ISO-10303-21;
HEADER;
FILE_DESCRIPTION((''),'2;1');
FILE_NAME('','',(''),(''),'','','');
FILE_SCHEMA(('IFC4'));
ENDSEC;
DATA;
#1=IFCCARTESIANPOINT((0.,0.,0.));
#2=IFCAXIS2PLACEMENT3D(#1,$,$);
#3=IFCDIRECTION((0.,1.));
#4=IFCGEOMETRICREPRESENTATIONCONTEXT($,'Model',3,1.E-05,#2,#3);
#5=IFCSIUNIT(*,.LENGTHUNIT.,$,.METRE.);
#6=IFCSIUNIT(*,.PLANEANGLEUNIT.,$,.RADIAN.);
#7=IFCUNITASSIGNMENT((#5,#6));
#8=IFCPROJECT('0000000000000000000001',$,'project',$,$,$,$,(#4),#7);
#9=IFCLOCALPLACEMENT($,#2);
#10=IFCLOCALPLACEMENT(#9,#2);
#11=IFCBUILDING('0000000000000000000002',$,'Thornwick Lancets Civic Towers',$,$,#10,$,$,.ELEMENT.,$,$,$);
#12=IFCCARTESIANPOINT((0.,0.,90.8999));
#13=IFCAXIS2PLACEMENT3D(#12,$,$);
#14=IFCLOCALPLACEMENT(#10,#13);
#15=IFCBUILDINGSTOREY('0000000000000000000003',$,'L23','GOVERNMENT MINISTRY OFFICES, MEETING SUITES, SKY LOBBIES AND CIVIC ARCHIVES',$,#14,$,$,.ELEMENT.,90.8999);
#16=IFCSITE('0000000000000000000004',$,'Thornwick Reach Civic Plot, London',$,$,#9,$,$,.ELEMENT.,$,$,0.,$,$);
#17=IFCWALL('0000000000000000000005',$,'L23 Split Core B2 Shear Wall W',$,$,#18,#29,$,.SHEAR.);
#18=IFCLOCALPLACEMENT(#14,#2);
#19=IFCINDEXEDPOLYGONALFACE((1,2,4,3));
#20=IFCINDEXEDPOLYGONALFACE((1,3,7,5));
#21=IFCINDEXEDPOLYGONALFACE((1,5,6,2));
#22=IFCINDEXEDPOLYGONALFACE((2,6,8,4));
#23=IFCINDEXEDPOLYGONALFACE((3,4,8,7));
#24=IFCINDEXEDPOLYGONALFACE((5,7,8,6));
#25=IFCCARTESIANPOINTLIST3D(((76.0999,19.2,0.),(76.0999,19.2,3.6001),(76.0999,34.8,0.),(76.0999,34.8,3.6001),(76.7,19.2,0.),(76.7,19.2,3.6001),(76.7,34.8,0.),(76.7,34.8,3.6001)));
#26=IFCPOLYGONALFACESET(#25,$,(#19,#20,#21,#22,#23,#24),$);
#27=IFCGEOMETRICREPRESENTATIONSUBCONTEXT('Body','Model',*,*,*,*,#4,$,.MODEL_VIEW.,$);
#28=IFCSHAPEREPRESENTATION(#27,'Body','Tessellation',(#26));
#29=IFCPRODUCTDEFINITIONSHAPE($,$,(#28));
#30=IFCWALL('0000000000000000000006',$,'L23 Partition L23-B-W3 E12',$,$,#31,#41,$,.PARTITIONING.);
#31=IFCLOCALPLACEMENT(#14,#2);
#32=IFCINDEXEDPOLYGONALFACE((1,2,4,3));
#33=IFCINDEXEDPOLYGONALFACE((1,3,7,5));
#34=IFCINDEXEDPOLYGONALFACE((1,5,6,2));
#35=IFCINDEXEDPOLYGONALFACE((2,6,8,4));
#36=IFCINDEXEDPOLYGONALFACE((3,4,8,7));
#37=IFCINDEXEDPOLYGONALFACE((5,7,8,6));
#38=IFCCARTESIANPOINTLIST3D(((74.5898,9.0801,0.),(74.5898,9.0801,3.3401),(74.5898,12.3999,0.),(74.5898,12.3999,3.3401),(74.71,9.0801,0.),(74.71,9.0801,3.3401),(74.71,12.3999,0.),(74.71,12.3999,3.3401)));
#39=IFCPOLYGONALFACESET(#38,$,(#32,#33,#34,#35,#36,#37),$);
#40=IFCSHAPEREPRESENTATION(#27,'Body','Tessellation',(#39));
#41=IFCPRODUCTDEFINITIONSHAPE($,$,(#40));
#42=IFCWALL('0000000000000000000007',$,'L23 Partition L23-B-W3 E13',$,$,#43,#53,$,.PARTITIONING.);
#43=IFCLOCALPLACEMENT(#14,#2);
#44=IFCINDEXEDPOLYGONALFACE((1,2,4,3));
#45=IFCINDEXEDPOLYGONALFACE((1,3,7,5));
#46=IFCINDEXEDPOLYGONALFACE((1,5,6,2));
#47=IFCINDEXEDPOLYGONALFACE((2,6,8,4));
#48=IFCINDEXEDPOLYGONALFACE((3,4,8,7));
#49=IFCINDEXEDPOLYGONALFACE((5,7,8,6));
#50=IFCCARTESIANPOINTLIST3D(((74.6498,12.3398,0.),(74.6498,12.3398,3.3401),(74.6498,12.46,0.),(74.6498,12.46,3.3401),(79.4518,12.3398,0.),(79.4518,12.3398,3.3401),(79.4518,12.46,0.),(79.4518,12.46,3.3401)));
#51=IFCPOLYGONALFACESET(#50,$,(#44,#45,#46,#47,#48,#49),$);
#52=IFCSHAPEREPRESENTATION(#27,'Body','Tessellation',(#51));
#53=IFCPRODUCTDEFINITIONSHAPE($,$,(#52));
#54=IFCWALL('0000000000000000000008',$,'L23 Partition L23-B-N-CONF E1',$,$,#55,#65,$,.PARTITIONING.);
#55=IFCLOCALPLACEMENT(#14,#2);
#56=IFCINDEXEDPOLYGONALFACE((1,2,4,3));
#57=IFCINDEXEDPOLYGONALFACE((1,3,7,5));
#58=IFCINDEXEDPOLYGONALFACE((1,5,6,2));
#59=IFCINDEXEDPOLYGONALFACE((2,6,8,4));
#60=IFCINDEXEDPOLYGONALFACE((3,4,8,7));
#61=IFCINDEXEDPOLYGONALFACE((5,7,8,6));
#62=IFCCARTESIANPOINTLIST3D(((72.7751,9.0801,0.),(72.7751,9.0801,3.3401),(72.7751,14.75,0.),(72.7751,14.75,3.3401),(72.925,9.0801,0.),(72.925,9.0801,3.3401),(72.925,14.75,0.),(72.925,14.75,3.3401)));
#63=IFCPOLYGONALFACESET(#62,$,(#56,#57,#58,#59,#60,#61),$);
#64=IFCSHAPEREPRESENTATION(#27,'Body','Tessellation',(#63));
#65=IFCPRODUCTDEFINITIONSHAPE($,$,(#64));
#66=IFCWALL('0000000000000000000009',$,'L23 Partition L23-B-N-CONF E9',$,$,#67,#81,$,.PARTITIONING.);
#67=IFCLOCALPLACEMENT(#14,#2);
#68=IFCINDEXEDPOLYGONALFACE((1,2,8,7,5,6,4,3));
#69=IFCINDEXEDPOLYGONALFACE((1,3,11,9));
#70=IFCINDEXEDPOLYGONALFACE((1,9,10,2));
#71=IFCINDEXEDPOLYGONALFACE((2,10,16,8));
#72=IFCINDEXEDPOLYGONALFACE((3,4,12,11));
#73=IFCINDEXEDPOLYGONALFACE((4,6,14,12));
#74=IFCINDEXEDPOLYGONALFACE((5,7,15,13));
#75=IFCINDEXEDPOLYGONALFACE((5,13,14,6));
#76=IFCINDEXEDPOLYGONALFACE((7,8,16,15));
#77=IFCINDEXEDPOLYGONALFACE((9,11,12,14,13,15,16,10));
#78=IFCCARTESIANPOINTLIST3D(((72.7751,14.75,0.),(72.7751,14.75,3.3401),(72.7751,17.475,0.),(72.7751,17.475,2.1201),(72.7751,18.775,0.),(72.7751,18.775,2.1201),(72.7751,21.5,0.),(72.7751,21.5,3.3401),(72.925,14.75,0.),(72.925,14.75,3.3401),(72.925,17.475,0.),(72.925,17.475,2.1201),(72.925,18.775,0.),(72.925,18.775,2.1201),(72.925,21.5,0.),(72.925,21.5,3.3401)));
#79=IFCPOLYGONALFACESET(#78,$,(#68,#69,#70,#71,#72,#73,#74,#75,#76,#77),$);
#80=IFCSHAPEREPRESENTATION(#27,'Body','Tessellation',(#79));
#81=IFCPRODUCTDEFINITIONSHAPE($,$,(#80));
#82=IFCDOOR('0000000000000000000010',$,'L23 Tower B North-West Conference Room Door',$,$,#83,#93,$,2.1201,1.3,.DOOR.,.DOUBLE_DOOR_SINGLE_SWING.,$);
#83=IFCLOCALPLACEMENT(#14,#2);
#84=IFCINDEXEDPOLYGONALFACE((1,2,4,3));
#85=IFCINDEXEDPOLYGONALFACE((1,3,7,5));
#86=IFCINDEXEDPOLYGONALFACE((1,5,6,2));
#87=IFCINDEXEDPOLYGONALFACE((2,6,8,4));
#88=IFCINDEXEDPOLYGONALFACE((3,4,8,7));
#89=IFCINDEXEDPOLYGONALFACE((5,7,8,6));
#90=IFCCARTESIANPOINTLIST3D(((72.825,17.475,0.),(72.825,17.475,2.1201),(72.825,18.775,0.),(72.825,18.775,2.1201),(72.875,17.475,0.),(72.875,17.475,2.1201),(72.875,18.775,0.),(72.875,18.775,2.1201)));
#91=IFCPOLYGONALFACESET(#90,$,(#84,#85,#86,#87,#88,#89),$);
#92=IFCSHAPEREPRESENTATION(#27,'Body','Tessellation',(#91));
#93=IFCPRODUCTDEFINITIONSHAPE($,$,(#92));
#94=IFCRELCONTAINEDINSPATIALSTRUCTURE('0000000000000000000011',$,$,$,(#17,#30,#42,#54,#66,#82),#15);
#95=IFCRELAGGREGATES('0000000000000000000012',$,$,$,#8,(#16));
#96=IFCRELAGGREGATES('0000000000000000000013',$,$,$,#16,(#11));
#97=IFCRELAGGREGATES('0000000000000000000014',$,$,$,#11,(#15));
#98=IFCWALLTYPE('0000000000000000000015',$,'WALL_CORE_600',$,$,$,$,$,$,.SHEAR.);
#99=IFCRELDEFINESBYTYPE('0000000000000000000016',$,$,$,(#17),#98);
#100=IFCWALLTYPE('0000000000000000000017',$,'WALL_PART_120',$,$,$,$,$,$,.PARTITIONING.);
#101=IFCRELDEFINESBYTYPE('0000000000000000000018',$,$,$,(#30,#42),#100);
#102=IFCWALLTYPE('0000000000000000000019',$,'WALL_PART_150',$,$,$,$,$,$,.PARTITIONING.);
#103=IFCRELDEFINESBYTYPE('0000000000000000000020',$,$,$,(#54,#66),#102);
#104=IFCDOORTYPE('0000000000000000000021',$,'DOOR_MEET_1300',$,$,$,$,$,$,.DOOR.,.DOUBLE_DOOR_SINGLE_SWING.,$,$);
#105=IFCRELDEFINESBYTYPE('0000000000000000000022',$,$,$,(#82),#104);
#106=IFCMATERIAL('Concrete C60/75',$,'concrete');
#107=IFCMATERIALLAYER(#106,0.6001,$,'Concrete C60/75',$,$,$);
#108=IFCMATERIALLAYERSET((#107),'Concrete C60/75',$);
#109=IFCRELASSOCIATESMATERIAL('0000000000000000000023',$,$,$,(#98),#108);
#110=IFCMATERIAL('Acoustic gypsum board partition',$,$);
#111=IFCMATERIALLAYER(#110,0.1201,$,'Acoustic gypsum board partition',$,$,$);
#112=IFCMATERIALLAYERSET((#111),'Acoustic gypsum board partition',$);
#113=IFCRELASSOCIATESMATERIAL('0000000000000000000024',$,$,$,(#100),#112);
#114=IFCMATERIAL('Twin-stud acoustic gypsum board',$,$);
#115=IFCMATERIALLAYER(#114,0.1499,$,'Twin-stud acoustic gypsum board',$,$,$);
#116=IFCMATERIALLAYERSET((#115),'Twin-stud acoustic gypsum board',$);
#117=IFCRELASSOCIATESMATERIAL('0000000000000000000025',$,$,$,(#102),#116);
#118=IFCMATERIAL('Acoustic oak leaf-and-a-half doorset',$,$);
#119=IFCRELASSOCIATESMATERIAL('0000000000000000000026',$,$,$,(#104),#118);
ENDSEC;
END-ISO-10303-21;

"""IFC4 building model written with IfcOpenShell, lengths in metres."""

from ifc_helpers import new_model, si_unit, direction, frame, frame_2d, origin, place, context, subcontext, project, spatial, rectangle, extrude, material, layer, layer_set, type_object, element, fill, save


model = new_model("IFC4")

# Units and contexts
model_context = context("Model", 3, precision=1e-05, world=origin(), true_north=direction((0.0, 1.0)))
body_context = subcontext(model_context, "Body", "Model", "MODEL_VIEW")
ifc_project = project(units=[si_unit("LENGTHUNIT", "METRE"), si_unit("PLANEANGLEUNIT", "RADIAN")], contexts=[model_context])

# Site, building, storey
site_placement = place(None, origin())
site = spatial("IfcSite", under=ifc_project, at=site_placement, Name="Thornwick Reach Civic Plot, London", CompositionType="ELEMENT", RefElevation=0.0)
building_placement = place(site_placement, origin())
building = spatial("IfcBuilding", under=site, at=building_placement, Name="Thornwick Lancets Civic Towers", CompositionType="ELEMENT")
storey_placement = place(building_placement, frame((0.0, 0.0, 90.8999)))
storey = spatial("IfcBuildingStorey", under=building, at=storey_placement, Name="L23", Description="GOVERNMENT MINISTRY OFFICES, MEETING SUITES, SKY LOBBIES AND CIVIC ARCHIVES", CompositionType="ELEMENT", Elevation=90.8999)

# Shared definitions
ifc_material_1 = material(Name="Concrete C60/75", Category="concrete")

# Walls
ifc_layer_1 = layer(ifc_material_1, 0.6001, Name="Concrete C60/75")
ifc_layer_set_1 = layer_set([ifc_layer_1], Name="Concrete C60/75")
wall_type_1 = type_object("IfcWallType", Name="WALL_CORE_600", PredefinedType="SHEAR", material=ifc_layer_set_1)
wall_1_placement = place(storey_placement, frame((76.3999, 19.2, 0.0), z_axis=(0.0, 0.0, 1.0), x_axis=(0.0, 1.0, 0.0)))
element("IfcWall", 1, at=wall_1_placement, inside=storey, type_object=wall_type_1, Name="L23 Split Core B2 Shear Wall W", PredefinedType="SHEAR", context=body_context, shape_type="SweptSolid", body=[
    extrude(rectangle(XDim=15.6001, YDim=0.6001, at=frame_2d((7.8, 0.0))), origin(), (0.0, 0.0, 1.0), 3.6001),
])
ifc_material_2 = material(Name="Acoustic gypsum board partition")
ifc_layer_2 = layer(ifc_material_2, 0.1201, Name="Acoustic gypsum board partition")
ifc_layer_set_2 = layer_set([ifc_layer_2], Name="Acoustic gypsum board partition")
wall_type_2 = type_object("IfcWallType", Name="WALL_PART_120", PredefinedType="PARTITIONING", material=ifc_layer_set_2)
wall_2_placement = place(storey_placement, frame((74.6499, 9.0801, 0.0), z_axis=(0.0, 0.0, 1.0), x_axis=(0.0, 1.0, 0.0)))
element("IfcWall", 2, at=wall_2_placement, inside=storey, type_object=wall_type_2, Name="L23 Partition L23-B-W3 E12", PredefinedType="PARTITIONING", context=body_context, shape_type="SweptSolid", body=[
    extrude(rectangle(XDim=3.3198, YDim=0.1201, at=frame_2d((1.6599, 0.0))), origin(), (0.0, 0.0, 1.0), 3.3401),
])
wall_3_placement = place(storey_placement, frame((74.6499, 12.3999, 0.0), z_axis=(0.0, 0.0, 1.0), x_axis=(1.0, 0.0, 0.0)))
element("IfcWall", 3, at=wall_3_placement, inside=storey, type_object=wall_type_2, Name="L23 Partition L23-B-W3 E13", PredefinedType="PARTITIONING", context=body_context, shape_type="SweptSolid", body=[
    extrude(rectangle(XDim=4.802, YDim=0.1201, at=frame_2d((2.4009, 0.0))), origin(), (0.0, 0.0, 1.0), 3.3401),
])
ifc_material_3 = material(Name="Twin-stud acoustic gypsum board")
ifc_layer_3 = layer(ifc_material_3, 0.1499, Name="Twin-stud acoustic gypsum board")
ifc_layer_set_3 = layer_set([ifc_layer_3], Name="Twin-stud acoustic gypsum board")
wall_type_3 = type_object("IfcWallType", Name="WALL_PART_150", PredefinedType="PARTITIONING", material=ifc_layer_set_3)
wall_4_placement = place(storey_placement, frame((72.8501, 14.75, 0.0), z_axis=(0.0, 0.0, 1.0), x_axis=(0.0, -1.0, 0.0)))
element("IfcWall", 4, at=wall_4_placement, inside=storey, type_object=wall_type_3, Name="L23 Partition L23-B-N-CONF E1", PredefinedType="PARTITIONING", context=body_context, shape_type="SweptSolid", body=[
    extrude(rectangle(XDim=5.6699, YDim=0.1499, at=frame_2d((2.835, 0.0))), origin(), (0.0, 0.0, 1.0), 3.3401),
])

# Wall, opening, door
wall_5_placement = place(storey_placement, frame((72.8501, 21.5, 0.0), z_axis=(0.0, 0.0, 1.0), x_axis=(0.0, -1.0, 0.0)))
wall_5 = element("IfcWall", 5, at=wall_5_placement, inside=storey, type_object=wall_type_3, Name="L23 Partition L23-B-N-CONF E9", PredefinedType="PARTITIONING", context=body_context, shape_type="SweptSolid", body=[
    extrude(rectangle(XDim=6.75, YDim=0.1499, at=frame_2d((3.375, 0.0))), origin(), (0.0, 0.0, 1.0), 3.3401),
])
opening_placement = place(wall_5_placement, frame((2.7251, 0.0, 0.0)))
opening = element("IfcOpeningElement", 6, at=opening_placement, cuts=wall_5, PredefinedType="OPENING", context=body_context, shape_type="SweptSolid", body=[
    extrude(rectangle(XDim=1.3, YDim=2.1201, at=frame_2d((0.6499, 1.0601))), frame((0.0, 0.085, 0.0), z_axis=(0.0, -1.0, 0.0), x_axis=(1.0, 0.0, 0.0)), (0.0, 0.0, 1.0), 0.1699),
])
ifc_material_4 = material(Name="Acoustic oak leaf-and-a-half doorset")
door_type = type_object("IfcDoorType", Name="DOOR_MEET_1300", OperationType="DOUBLE_DOOR_SINGLE_SWING", PredefinedType="DOOR", material=ifc_material_4)
door_placement = place(opening_placement, origin())
door = element("IfcDoor", 7, at=door_placement, inside=storey, type_object=door_type, Name="L23 Tower B North-West Conference Room Door", OperationType="DOUBLE_DOOR_SINGLE_SWING", OverallHeight=2.1201, OverallWidth=1.3, PredefinedType="DOOR", context=body_context, shape_type="SweptSolid", body=[
    extrude(rectangle(XDim=1.3, YDim=2.1201, at=frame_2d((0.6499, 1.0601))), frame((0.0, 0.0249, 0.0), z_axis=(0.0, -1.0, 0.0), x_axis=(1.0, 0.0, 0.0)), (0.0, 0.0, 1.0), 0.05),
])
fill(opening, door)

save(model, "model.ifc")
